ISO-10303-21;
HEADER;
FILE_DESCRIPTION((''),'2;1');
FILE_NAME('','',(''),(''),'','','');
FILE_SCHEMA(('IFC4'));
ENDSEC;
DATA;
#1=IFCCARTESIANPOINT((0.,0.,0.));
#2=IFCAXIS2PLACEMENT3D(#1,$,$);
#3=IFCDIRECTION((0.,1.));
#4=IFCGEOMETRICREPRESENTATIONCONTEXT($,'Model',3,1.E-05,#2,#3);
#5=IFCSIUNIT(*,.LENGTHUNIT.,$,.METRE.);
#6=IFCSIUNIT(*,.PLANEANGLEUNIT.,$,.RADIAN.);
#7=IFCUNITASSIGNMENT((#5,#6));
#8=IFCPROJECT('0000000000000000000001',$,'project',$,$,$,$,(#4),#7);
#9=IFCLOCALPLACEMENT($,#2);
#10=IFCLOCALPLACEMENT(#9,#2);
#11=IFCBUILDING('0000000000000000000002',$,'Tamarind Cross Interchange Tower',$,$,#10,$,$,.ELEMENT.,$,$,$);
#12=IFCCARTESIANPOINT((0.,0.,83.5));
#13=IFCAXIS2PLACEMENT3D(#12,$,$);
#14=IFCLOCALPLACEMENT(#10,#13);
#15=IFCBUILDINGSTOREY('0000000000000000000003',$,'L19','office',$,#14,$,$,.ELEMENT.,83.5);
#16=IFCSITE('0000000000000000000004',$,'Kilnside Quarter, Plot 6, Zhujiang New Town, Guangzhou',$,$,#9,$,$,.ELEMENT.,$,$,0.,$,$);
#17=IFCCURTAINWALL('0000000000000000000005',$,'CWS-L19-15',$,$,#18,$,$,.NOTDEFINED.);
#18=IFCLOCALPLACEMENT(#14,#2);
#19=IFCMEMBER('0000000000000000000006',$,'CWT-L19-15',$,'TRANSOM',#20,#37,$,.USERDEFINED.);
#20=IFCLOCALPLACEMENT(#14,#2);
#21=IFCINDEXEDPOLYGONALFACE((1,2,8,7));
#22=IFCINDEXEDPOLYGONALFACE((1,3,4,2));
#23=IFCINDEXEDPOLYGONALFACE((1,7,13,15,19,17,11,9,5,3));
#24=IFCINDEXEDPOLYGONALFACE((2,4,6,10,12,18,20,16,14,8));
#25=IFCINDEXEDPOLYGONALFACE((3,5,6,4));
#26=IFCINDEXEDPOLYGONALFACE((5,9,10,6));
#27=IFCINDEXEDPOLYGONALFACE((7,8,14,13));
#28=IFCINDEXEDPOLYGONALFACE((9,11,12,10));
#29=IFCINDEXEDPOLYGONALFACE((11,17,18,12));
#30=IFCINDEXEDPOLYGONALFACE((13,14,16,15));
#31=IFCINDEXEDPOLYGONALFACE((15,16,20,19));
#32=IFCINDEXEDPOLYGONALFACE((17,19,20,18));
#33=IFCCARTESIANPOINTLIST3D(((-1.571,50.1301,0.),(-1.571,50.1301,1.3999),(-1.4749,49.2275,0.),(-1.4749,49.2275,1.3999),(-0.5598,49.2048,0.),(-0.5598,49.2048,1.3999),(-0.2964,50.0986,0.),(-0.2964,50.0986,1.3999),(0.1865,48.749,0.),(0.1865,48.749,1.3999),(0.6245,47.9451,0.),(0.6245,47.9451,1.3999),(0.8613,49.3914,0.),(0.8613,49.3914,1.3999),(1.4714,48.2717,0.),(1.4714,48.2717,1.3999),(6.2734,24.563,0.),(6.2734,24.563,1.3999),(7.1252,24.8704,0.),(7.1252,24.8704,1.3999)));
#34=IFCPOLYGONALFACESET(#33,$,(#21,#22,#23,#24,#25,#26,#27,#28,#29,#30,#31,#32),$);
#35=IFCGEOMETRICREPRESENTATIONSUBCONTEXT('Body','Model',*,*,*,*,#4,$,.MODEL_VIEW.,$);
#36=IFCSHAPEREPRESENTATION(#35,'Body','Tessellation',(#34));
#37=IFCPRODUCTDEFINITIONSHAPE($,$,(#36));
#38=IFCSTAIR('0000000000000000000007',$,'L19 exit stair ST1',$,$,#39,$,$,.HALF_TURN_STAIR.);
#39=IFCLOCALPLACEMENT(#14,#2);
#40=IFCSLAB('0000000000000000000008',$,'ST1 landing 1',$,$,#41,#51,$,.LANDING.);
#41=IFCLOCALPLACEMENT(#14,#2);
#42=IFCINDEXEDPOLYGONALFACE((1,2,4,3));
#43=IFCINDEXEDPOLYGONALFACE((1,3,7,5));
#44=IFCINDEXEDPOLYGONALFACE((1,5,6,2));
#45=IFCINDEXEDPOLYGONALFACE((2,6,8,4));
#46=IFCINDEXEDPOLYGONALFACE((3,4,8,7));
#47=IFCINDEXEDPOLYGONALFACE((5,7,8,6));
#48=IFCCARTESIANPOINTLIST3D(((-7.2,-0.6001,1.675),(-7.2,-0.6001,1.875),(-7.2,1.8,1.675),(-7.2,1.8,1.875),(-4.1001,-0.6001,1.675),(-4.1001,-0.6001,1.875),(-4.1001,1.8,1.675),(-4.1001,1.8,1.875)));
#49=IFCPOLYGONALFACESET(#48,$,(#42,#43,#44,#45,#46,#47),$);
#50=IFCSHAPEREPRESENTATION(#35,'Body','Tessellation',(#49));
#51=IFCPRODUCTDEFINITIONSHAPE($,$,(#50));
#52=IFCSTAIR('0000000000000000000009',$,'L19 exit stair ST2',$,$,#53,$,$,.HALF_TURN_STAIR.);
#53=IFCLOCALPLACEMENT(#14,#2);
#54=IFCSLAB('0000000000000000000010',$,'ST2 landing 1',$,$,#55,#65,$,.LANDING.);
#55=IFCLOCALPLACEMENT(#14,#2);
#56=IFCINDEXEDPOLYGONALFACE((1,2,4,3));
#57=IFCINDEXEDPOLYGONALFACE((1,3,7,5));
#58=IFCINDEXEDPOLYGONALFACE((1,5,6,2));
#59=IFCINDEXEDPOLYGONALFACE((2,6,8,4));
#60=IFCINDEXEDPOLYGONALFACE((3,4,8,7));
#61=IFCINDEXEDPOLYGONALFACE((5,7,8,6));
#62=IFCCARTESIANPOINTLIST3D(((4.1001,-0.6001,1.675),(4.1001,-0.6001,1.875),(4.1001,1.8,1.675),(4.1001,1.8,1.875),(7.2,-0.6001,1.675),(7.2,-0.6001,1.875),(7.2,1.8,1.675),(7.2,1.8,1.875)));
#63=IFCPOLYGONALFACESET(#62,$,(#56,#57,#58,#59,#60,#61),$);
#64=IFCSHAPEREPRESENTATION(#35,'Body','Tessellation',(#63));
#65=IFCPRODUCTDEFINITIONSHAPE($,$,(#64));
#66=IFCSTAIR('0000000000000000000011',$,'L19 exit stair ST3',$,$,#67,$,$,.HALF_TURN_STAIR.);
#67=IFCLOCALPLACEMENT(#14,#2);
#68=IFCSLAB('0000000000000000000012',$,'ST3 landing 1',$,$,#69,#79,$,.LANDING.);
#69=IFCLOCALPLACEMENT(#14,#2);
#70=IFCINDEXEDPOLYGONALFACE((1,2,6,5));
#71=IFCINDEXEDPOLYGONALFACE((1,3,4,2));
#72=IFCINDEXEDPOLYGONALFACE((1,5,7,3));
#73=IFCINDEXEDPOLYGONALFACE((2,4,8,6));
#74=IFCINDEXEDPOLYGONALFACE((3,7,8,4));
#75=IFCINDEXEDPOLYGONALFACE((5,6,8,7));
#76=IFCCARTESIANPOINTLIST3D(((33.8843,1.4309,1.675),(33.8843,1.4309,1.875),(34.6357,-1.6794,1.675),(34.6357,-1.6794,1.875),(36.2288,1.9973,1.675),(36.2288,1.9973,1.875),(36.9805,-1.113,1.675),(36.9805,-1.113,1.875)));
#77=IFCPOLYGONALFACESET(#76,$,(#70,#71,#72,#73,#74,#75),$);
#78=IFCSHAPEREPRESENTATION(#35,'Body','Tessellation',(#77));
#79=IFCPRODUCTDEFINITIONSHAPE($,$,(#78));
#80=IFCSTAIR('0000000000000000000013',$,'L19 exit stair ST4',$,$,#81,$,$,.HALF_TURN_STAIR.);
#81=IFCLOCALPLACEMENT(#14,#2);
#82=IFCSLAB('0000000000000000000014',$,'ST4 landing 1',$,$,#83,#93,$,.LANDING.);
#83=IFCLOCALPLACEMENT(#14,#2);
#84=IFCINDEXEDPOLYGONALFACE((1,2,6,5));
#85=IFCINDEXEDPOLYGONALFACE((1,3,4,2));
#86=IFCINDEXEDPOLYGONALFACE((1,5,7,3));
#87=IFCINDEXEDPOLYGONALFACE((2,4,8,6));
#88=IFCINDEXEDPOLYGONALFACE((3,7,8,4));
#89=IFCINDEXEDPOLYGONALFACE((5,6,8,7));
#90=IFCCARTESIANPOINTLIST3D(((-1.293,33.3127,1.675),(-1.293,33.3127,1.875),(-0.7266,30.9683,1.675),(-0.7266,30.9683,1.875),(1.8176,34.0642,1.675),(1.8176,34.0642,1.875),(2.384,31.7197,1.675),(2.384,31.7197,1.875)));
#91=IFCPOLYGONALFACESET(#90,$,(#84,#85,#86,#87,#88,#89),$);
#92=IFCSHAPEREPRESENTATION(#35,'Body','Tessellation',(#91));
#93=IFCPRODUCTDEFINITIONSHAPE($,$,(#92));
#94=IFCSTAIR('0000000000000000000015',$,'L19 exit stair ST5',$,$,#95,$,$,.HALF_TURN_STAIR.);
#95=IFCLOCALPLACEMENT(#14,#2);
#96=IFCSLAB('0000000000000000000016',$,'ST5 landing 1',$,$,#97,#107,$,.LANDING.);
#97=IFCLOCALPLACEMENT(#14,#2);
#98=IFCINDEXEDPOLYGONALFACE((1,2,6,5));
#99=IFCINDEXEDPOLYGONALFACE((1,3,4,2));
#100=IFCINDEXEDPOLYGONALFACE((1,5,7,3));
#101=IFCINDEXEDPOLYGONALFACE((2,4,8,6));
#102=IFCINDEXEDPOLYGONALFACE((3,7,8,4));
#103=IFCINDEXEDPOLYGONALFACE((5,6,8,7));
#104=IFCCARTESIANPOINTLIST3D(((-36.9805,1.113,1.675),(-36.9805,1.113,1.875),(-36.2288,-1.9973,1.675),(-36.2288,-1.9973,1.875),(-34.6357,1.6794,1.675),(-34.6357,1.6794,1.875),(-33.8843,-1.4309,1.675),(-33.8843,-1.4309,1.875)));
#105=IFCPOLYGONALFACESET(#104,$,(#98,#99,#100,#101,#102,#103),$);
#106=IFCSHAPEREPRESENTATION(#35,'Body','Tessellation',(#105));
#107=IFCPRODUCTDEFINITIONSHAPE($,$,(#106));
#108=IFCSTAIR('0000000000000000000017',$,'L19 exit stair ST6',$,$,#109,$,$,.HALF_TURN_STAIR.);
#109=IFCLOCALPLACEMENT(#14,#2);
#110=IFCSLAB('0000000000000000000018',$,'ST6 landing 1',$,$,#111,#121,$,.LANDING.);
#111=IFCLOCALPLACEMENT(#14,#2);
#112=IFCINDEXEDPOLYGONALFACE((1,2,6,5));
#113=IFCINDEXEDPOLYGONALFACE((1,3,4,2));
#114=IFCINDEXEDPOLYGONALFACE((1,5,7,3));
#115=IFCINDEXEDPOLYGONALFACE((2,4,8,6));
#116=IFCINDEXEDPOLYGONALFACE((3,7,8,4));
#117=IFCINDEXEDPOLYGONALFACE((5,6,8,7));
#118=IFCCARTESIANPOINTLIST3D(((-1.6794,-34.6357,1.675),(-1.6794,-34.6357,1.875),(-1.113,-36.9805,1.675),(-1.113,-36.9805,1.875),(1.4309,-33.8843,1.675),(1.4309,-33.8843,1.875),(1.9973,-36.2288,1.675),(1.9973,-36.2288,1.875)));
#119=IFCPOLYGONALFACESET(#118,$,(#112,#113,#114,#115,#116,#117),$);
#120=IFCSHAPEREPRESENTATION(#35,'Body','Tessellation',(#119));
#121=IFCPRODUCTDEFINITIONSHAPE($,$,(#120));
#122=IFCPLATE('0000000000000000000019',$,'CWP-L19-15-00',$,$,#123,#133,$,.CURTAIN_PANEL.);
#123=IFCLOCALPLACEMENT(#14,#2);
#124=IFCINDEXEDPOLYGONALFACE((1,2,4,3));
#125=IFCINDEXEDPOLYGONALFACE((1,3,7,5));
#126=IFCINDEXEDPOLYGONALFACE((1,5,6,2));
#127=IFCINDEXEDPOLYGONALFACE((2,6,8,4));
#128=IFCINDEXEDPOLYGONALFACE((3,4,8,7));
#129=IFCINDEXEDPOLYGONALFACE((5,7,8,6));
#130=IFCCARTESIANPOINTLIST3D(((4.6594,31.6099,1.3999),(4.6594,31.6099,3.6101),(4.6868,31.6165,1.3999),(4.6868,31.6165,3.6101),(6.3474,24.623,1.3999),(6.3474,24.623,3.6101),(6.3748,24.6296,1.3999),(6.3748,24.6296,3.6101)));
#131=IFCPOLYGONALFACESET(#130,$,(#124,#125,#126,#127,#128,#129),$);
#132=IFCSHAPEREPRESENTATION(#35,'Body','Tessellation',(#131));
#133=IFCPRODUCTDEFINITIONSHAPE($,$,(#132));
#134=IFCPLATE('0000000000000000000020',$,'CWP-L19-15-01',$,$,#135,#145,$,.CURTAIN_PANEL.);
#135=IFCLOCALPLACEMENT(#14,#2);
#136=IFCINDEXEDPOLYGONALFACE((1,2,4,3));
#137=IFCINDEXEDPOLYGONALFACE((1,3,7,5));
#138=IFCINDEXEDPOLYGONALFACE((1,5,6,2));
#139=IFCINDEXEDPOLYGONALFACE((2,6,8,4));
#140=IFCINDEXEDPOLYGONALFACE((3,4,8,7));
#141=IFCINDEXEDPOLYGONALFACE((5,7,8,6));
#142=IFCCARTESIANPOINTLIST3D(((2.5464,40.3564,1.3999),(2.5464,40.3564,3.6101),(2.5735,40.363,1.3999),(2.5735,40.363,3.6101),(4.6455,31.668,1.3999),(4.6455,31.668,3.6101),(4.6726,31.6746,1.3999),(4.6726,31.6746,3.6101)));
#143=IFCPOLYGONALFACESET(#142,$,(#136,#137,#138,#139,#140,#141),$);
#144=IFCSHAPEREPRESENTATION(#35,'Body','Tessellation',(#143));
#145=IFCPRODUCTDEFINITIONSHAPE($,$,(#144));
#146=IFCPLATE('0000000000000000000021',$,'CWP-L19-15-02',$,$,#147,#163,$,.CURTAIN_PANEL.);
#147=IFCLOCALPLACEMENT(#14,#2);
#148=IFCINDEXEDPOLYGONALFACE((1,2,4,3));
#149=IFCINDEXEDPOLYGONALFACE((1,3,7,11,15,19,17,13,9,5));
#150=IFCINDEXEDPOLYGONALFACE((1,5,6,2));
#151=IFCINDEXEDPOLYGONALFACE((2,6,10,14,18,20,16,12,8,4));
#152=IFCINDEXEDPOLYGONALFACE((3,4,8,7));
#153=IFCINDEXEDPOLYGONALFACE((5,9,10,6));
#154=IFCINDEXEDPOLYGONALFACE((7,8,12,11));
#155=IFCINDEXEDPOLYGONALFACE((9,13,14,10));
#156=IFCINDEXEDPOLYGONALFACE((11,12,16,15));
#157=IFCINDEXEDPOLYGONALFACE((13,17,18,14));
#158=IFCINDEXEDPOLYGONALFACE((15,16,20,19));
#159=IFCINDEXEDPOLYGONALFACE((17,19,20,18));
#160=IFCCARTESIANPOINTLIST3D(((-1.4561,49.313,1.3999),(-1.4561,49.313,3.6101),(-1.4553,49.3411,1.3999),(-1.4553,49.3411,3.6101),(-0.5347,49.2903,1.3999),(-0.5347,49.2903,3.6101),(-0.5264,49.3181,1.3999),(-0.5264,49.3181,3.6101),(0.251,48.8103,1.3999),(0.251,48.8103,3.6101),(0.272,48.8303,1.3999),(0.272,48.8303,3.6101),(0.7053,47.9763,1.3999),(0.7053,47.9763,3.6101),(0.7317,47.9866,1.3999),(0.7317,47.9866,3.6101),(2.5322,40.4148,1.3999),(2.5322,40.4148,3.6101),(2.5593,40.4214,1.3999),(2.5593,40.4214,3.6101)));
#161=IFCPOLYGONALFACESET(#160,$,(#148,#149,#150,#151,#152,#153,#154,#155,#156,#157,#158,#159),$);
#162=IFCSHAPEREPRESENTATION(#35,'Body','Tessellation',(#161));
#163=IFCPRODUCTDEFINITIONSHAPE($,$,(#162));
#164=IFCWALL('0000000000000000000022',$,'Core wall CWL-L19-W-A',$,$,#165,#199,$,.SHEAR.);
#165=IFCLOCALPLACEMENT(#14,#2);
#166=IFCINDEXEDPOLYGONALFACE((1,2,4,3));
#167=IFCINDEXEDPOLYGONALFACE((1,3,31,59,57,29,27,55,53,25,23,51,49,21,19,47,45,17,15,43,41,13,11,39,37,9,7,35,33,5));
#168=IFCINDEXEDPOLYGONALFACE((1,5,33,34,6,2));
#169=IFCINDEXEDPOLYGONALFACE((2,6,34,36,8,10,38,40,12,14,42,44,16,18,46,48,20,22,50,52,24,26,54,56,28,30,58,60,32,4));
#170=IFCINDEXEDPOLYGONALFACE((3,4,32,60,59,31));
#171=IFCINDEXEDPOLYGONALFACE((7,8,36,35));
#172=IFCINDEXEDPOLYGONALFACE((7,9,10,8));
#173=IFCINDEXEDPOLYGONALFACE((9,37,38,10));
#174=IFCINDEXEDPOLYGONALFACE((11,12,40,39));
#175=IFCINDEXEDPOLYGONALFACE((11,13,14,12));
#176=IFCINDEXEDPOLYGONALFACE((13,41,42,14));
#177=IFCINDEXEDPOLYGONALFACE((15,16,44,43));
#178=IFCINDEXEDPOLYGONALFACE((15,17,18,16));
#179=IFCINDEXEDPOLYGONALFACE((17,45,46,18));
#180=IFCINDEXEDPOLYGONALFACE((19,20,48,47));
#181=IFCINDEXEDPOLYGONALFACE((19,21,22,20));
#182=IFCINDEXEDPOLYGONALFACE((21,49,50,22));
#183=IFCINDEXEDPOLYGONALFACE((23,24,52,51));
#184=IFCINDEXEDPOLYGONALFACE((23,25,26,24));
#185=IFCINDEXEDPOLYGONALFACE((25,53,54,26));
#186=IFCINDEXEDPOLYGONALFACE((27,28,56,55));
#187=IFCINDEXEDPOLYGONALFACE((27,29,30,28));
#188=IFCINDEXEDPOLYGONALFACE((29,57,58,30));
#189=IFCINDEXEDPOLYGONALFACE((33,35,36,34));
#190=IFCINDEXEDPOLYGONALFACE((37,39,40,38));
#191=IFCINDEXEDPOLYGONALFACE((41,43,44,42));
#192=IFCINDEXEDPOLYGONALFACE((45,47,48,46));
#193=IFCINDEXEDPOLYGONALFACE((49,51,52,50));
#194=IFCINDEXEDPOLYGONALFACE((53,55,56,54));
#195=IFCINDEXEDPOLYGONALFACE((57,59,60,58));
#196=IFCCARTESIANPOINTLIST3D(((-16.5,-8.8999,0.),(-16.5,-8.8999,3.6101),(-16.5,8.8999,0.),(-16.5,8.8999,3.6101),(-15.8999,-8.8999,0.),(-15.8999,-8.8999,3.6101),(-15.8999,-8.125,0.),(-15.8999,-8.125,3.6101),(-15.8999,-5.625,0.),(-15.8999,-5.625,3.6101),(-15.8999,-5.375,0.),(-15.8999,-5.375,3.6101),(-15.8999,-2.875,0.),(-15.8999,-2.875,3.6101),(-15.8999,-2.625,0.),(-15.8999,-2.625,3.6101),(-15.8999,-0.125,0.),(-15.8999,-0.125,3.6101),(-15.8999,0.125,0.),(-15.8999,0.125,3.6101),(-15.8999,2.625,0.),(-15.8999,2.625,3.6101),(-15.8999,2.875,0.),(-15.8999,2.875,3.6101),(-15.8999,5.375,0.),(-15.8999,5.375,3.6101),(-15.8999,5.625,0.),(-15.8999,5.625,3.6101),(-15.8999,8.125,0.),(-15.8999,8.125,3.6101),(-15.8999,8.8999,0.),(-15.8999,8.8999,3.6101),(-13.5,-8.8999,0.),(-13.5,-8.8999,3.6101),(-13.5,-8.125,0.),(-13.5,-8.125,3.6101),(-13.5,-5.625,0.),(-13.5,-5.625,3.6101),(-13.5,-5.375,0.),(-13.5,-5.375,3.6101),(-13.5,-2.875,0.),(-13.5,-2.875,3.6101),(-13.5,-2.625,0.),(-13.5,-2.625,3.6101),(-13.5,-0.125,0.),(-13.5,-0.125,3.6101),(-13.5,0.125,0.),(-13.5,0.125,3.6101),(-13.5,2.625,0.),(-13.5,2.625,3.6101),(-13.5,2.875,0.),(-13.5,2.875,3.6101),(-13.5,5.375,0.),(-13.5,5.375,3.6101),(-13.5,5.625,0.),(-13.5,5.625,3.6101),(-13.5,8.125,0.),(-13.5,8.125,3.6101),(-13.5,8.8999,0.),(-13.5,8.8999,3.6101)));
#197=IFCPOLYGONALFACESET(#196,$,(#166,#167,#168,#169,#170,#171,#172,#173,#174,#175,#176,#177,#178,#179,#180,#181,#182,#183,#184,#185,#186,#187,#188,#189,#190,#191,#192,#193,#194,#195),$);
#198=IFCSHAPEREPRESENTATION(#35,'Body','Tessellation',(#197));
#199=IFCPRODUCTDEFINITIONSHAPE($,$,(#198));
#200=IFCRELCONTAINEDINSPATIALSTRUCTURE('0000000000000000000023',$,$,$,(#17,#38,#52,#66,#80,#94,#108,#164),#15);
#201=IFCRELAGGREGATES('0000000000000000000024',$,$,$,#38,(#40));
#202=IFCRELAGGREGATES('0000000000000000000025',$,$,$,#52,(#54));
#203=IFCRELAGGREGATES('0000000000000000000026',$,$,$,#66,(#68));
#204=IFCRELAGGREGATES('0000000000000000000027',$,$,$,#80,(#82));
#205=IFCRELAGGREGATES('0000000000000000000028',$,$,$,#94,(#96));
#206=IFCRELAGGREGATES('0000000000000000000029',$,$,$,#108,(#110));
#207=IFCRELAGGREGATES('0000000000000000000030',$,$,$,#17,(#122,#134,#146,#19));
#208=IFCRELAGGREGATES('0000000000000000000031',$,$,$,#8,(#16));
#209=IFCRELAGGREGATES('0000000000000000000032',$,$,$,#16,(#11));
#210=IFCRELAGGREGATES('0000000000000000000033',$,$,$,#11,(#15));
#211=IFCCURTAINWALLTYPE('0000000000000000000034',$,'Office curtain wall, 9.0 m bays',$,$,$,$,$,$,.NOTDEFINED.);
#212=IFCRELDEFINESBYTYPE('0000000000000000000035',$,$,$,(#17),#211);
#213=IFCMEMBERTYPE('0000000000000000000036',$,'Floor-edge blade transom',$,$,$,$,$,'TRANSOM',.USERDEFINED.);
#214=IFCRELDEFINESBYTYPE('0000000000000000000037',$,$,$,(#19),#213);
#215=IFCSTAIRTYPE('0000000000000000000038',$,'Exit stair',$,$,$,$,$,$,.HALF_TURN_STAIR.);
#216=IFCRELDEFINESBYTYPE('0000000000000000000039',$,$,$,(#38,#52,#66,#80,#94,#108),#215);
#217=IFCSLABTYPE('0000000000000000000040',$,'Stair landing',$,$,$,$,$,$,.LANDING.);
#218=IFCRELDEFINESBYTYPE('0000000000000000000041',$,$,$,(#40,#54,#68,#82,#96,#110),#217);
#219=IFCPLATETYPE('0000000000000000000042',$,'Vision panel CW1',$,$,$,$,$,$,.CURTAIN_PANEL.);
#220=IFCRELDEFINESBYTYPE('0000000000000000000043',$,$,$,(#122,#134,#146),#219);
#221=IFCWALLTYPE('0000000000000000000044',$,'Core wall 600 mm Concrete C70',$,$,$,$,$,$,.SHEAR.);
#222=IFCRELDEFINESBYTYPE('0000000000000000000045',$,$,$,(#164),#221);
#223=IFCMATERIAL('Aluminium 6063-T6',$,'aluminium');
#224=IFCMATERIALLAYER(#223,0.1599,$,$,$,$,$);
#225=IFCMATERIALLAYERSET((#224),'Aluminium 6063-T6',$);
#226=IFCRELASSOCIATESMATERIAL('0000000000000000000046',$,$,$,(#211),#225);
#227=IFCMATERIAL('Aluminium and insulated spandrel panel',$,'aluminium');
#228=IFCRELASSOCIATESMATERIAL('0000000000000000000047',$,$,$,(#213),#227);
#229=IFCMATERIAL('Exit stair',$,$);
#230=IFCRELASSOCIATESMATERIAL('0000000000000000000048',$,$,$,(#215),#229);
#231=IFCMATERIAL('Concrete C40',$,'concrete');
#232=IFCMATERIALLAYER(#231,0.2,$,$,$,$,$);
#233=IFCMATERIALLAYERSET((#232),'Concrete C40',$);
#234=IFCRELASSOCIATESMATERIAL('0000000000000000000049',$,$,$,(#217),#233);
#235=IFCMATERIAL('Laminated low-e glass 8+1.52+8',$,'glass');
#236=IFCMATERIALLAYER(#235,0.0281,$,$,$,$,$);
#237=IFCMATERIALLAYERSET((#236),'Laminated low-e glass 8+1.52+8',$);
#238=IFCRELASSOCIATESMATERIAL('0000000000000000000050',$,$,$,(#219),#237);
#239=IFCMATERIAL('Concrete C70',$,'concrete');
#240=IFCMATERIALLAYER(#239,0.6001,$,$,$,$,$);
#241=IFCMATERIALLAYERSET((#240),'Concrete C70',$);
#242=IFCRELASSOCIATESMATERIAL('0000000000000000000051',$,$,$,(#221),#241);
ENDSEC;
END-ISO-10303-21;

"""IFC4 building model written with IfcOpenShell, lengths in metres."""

from ifc_helpers import new_model, si_unit, direction, frame, origin, place, context, subcontext, project, spatial, polyline, outline, extrude, material, layer, layer_set, type_object, element, aggregate, save


model = new_model("IFC4")

# Units and contexts
model_context = context("Model", 3, precision=1e-05, world=origin(), true_north=direction((0.0, 1.0)))
body_context = subcontext(model_context, "Body", "Model", "MODEL_VIEW")
ifc_project = project(units=[si_unit("LENGTHUNIT", "METRE"), si_unit("PLANEANGLEUNIT", "RADIAN")], contexts=[model_context])

# Site, building, storey
site_placement = place(None, origin())
site = spatial("IfcSite", under=ifc_project, at=site_placement, Name="Kilnside Quarter, Plot 6, Zhujiang New Town, Guangzhou", CompositionType="ELEMENT", RefElevation=0.0)
building_placement = place(site_placement, origin())
building = spatial("IfcBuilding", under=site, at=building_placement, Name="Tamarind Cross Interchange Tower", CompositionType="ELEMENT")
storey_placement = place(building_placement, frame((0.0, 0.0, 83.5)))
storey = spatial("IfcBuildingStorey", under=building, at=storey_placement, Name="L19", Description="office", CompositionType="ELEMENT", Elevation=83.5)

# Curtain wall, member
ifc_material_1 = material(Name="Aluminium 6063-T6", Category="aluminium")
ifc_layer_1 = layer(ifc_material_1, 0.1599)
ifc_layer_set_1 = layer_set([ifc_layer_1], Name="Aluminium 6063-T6")
curtain_wall_type = type_object("IfcCurtainWallType", Name="Office curtain wall, 9.0 m bays", PredefinedType="NOTDEFINED", material=ifc_layer_set_1)
curtain_wall_placement = place(storey_placement, origin())
curtain_wall = element("IfcCurtainWall", 1, at=curtain_wall_placement, inside=storey, type_object=curtain_wall_type, Name="CWS-L19-15", PredefinedType="NOTDEFINED")
ifc_material_2 = material(Name="Aluminium and insulated spandrel panel", Category="aluminium")
member_type = type_object("IfcMemberType", Name="Floor-edge blade transom", ElementType="TRANSOM", PredefinedType="USERDEFINED", material=ifc_material_2)
member_placement = place(storey_placement, origin())
member = element("IfcMember", 2, at=member_placement, type_object=member_type, Name="CWT-L19-15", ObjectType="TRANSOM", PredefinedType="USERDEFINED", context=body_context, shape_type="SweptSolid", body=[
    extrude(outline(polyline([(6.2734, 24.563), (0.6245, 47.9451), (0.1865, 48.749), (-0.5598, 49.2048), (-1.4749, 49.2275), (-1.571, 50.1301), (-0.2964, 50.0986), (0.8613, 49.3914), (1.4714, 48.2717), (7.1252, 24.8704), (6.2734, 24.563)])), origin(), (0.0, 0.0, 1.0), 1.3999),
])

# Stairs, slabs
ifc_material_3 = material(Name="Exit stair")
stair_type = type_object("IfcStairType", Name="Exit stair", PredefinedType="HALF_TURN_STAIR", material=ifc_material_3)
stair_1_placement = place(storey_placement, origin())
stair_1 = element("IfcStair", 3, at=stair_1_placement, inside=storey, type_object=stair_type, Name="L19 exit stair ST1", PredefinedType="HALF_TURN_STAIR")
ifc_material_4 = material(Name="Concrete C40", Category="concrete")
ifc_layer_2 = layer(ifc_material_4, 0.2)
ifc_layer_set_2 = layer_set([ifc_layer_2], Name="Concrete C40")
slab_type = type_object("IfcSlabType", Name="Stair landing", PredefinedType="LANDING", material=ifc_layer_set_2)
slab_1_placement = place(storey_placement, frame((0.0, 0.0, 1.675)))
slab_1 = element("IfcSlab", 4, at=slab_1_placement, type_object=slab_type, Name="ST1 landing 1", PredefinedType="LANDING", context=body_context, shape_type="SweptSolid", body=[
    extrude(outline(polyline([(-4.1001, -0.6001), (-4.1001, 1.8), (-7.2, 1.8), (-7.2, -0.6001), (-4.1001, -0.6001)])), origin(), (0.0, 0.0, 1.0), 0.2),
])
aggregate(stair_1, [slab_1])
stair_2_placement = place(storey_placement, origin())
stair_2 = element("IfcStair", 5, at=stair_2_placement, inside=storey, type_object=stair_type, Name="L19 exit stair ST2", PredefinedType="HALF_TURN_STAIR")
slab_2_placement = place(storey_placement, frame((0.0, 0.0, 1.675)))
slab_2 = element("IfcSlab", 6, at=slab_2_placement, type_object=slab_type, Name="ST2 landing 1", PredefinedType="LANDING", context=body_context, shape_type="SweptSolid", body=[
    extrude(outline(polyline([(7.2, -0.6001), (7.2, 1.8), (4.1001, 1.8), (4.1001, -0.6001), (7.2, -0.6001)])), origin(), (0.0, 0.0, 1.0), 0.2),
])
aggregate(stair_2, [slab_2])
stair_3_placement = place(storey_placement, origin())
stair_3 = element("IfcStair", 7, at=stair_3_placement, inside=storey, type_object=stair_type, Name="L19 exit stair ST3", PredefinedType="HALF_TURN_STAIR")
slab_3_placement = place(storey_placement, frame((0.0, 0.0, 1.675)))
slab_3 = element("IfcSlab", 8, at=slab_3_placement, type_object=slab_type, Name="ST3 landing 1", PredefinedType="LANDING", context=body_context, shape_type="SweptSolid", body=[
    extrude(outline(polyline([(34.6357, -1.6794), (36.9805, -1.113), (36.2288, 1.9973), (33.8843, 1.4309), (34.6357, -1.6794)])), origin(), (0.0, 0.0, 1.0), 0.2),
])
aggregate(stair_3, [slab_3])
stair_4_placement = place(storey_placement, origin())
stair_4 = element("IfcStair", 9, at=stair_4_placement, inside=storey, type_object=stair_type, Name="L19 exit stair ST4", PredefinedType="HALF_TURN_STAIR")
slab_4_placement = place(storey_placement, frame((0.0, 0.0, 1.675)))
slab_4 = element("IfcSlab", 10, at=slab_4_placement, type_object=slab_type, Name="ST4 landing 1", PredefinedType="LANDING", context=body_context, shape_type="SweptSolid", body=[
    extrude(outline(polyline([(2.384, 31.7197), (1.8176, 34.0642), (-1.293, 33.3127), (-0.7266, 30.9683), (2.384, 31.7197)])), origin(), (0.0, 0.0, 1.0), 0.2),
])
aggregate(stair_4, [slab_4])
stair_5_placement = place(storey_placement, origin())
stair_5 = element("IfcStair", 11, at=stair_5_placement, inside=storey, type_object=stair_type, Name="L19 exit stair ST5", PredefinedType="HALF_TURN_STAIR")
slab_5_placement = place(storey_placement, frame((0.0, 0.0, 1.675)))
slab_5 = element("IfcSlab", 12, at=slab_5_placement, type_object=slab_type, Name="ST5 landing 1", PredefinedType="LANDING", context=body_context, shape_type="SweptSolid", body=[
    extrude(outline(polyline([(-34.6357, 1.6794), (-36.9805, 1.113), (-36.2288, -1.9973), (-33.8843, -1.4309), (-34.6357, 1.6794)])), origin(), (0.0, 0.0, 1.0), 0.2),
])
aggregate(stair_5, [slab_5])
stair_6_placement = place(storey_placement, origin())
stair_6 = element("IfcStair", 13, at=stair_6_placement, inside=storey, type_object=stair_type, Name="L19 exit stair ST6", PredefinedType="HALF_TURN_STAIR")
slab_6_placement = place(storey_placement, frame((0.0, 0.0, 1.675)))
slab_6 = element("IfcSlab", 14, at=slab_6_placement, type_object=slab_type, Name="ST6 landing 1", PredefinedType="LANDING", context=body_context, shape_type="SweptSolid", body=[
    extrude(outline(polyline([(-1.6794, -34.6357), (-1.113, -36.9805), (1.9973, -36.2288), (1.4309, -33.8843), (-1.6794, -34.6357)])), origin(), (0.0, 0.0, 1.0), 0.2),
])
aggregate(stair_6, [slab_6])

# Plates
ifc_material_5 = material(Name="Laminated low-e glass 8+1.52+8", Category="glass")
ifc_layer_3 = layer(ifc_material_5, 0.0281)
ifc_layer_set_3 = layer_set([ifc_layer_3], Name="Laminated low-e glass 8+1.52+8")
plate_type = type_object("IfcPlateType", Name="Vision panel CW1", PredefinedType="CURTAIN_PANEL", material=ifc_layer_set_3)
plate_1_placement = place(storey_placement, frame((0.0, 0.0, 1.3999)))
plate_1 = element("IfcPlate", 15, at=plate_1_placement, type_object=plate_type, Name="CWP-L19-15-00", PredefinedType="CURTAIN_PANEL", context=body_context, shape_type="SweptSolid", body=[
    extrude(outline(polyline([(6.3474, 24.623), (4.6594, 31.6099), (4.6868, 31.6165), (6.3748, 24.6296), (6.3474, 24.623)])), origin(), (0.0, 0.0, 1.0), 2.2102),
])
plate_2_placement = place(storey_placement, frame((0.0, 0.0, 1.3999)))
plate_2 = element("IfcPlate", 16, at=plate_2_placement, type_object=plate_type, Name="CWP-L19-15-01", PredefinedType="CURTAIN_PANEL", context=body_context, shape_type="SweptSolid", body=[
    extrude(outline(polyline([(4.6455, 31.668), (2.5464, 40.3564), (2.5735, 40.363), (4.6726, 31.6746), (4.6455, 31.668)])), origin(), (0.0, 0.0, 1.0), 2.2102),
])
plate_3_placement = place(storey_placement, frame((0.0, 0.0, 1.3999)))
plate_3 = element("IfcPlate", 17, at=plate_3_placement, type_object=plate_type, Name="CWP-L19-15-02", PredefinedType="CURTAIN_PANEL", context=body_context, shape_type="SweptSolid", body=[
    extrude(outline(polyline([(2.5322, 40.4148), (0.7053, 47.9763), (0.251, 48.8103), (-0.5347, 49.2903), (-1.4561, 49.313), (-1.4553, 49.3411), (-0.5264, 49.3181), (0.272, 48.8303), (0.7317, 47.9866), (2.5593, 40.4214), (2.5322, 40.4148)])), origin(), (0.0, 0.0, 1.0), 2.2102),
])
aggregate(curtain_wall, [plate_1, plate_2, plate_3, member])

# Wall
ifc_material_6 = material(Name="Concrete C70", Category="concrete")
ifc_layer_4 = layer(ifc_material_6, 0.6001)
ifc_layer_set_4 = layer_set([ifc_layer_4], Name="Concrete C70")
wall_type_1 = type_object("IfcWallType", Name="Core wall 600 mm Concrete C70", PredefinedType="SHEAR", material=ifc_layer_set_4)
wall_1_placement = place(storey_placement, origin())
element("IfcWall", 18, at=wall_1_placement, inside=storey, type_object=wall_type_1, Name="Core wall CWL-L19-W-A", PredefinedType="SHEAR", context=body_context, shape_type="SweptSolid", body=[
    extrude(outline(polyline([(-13.5, -8.8999), (-13.5, -8.125), (-15.8999, -8.125), (-15.8999, -5.625), (-13.5, -5.625), (-13.5, -5.375), (-15.8999, -5.375), (-15.8999, -2.875), (-13.5, -2.875), (-13.5, -2.625), (-15.8999, -2.625), (-15.8999, -0.125), (-13.5, -0.125), (-13.5, 0.125), (-15.8999, 0.125), (-15.8999, 2.625), (-13.5, 2.625), (-13.5, 2.875), (-15.8999, 2.875), (-15.8999, 5.375), (-13.5, 5.375), (-13.5, 5.625), (-15.8999, 5.625), (-15.8999, 8.125), (-13.5, 8.125), (-13.5, 8.8999), (-15.8999, 8.8999), (-16.5, 8.8999), (-16.5, -8.8999), (-15.8999, -8.8999), (-13.5, -8.8999)])), origin(), (0.0, 0.0, 1.0), 3.6101),
])

save(model, "model.ifc")
